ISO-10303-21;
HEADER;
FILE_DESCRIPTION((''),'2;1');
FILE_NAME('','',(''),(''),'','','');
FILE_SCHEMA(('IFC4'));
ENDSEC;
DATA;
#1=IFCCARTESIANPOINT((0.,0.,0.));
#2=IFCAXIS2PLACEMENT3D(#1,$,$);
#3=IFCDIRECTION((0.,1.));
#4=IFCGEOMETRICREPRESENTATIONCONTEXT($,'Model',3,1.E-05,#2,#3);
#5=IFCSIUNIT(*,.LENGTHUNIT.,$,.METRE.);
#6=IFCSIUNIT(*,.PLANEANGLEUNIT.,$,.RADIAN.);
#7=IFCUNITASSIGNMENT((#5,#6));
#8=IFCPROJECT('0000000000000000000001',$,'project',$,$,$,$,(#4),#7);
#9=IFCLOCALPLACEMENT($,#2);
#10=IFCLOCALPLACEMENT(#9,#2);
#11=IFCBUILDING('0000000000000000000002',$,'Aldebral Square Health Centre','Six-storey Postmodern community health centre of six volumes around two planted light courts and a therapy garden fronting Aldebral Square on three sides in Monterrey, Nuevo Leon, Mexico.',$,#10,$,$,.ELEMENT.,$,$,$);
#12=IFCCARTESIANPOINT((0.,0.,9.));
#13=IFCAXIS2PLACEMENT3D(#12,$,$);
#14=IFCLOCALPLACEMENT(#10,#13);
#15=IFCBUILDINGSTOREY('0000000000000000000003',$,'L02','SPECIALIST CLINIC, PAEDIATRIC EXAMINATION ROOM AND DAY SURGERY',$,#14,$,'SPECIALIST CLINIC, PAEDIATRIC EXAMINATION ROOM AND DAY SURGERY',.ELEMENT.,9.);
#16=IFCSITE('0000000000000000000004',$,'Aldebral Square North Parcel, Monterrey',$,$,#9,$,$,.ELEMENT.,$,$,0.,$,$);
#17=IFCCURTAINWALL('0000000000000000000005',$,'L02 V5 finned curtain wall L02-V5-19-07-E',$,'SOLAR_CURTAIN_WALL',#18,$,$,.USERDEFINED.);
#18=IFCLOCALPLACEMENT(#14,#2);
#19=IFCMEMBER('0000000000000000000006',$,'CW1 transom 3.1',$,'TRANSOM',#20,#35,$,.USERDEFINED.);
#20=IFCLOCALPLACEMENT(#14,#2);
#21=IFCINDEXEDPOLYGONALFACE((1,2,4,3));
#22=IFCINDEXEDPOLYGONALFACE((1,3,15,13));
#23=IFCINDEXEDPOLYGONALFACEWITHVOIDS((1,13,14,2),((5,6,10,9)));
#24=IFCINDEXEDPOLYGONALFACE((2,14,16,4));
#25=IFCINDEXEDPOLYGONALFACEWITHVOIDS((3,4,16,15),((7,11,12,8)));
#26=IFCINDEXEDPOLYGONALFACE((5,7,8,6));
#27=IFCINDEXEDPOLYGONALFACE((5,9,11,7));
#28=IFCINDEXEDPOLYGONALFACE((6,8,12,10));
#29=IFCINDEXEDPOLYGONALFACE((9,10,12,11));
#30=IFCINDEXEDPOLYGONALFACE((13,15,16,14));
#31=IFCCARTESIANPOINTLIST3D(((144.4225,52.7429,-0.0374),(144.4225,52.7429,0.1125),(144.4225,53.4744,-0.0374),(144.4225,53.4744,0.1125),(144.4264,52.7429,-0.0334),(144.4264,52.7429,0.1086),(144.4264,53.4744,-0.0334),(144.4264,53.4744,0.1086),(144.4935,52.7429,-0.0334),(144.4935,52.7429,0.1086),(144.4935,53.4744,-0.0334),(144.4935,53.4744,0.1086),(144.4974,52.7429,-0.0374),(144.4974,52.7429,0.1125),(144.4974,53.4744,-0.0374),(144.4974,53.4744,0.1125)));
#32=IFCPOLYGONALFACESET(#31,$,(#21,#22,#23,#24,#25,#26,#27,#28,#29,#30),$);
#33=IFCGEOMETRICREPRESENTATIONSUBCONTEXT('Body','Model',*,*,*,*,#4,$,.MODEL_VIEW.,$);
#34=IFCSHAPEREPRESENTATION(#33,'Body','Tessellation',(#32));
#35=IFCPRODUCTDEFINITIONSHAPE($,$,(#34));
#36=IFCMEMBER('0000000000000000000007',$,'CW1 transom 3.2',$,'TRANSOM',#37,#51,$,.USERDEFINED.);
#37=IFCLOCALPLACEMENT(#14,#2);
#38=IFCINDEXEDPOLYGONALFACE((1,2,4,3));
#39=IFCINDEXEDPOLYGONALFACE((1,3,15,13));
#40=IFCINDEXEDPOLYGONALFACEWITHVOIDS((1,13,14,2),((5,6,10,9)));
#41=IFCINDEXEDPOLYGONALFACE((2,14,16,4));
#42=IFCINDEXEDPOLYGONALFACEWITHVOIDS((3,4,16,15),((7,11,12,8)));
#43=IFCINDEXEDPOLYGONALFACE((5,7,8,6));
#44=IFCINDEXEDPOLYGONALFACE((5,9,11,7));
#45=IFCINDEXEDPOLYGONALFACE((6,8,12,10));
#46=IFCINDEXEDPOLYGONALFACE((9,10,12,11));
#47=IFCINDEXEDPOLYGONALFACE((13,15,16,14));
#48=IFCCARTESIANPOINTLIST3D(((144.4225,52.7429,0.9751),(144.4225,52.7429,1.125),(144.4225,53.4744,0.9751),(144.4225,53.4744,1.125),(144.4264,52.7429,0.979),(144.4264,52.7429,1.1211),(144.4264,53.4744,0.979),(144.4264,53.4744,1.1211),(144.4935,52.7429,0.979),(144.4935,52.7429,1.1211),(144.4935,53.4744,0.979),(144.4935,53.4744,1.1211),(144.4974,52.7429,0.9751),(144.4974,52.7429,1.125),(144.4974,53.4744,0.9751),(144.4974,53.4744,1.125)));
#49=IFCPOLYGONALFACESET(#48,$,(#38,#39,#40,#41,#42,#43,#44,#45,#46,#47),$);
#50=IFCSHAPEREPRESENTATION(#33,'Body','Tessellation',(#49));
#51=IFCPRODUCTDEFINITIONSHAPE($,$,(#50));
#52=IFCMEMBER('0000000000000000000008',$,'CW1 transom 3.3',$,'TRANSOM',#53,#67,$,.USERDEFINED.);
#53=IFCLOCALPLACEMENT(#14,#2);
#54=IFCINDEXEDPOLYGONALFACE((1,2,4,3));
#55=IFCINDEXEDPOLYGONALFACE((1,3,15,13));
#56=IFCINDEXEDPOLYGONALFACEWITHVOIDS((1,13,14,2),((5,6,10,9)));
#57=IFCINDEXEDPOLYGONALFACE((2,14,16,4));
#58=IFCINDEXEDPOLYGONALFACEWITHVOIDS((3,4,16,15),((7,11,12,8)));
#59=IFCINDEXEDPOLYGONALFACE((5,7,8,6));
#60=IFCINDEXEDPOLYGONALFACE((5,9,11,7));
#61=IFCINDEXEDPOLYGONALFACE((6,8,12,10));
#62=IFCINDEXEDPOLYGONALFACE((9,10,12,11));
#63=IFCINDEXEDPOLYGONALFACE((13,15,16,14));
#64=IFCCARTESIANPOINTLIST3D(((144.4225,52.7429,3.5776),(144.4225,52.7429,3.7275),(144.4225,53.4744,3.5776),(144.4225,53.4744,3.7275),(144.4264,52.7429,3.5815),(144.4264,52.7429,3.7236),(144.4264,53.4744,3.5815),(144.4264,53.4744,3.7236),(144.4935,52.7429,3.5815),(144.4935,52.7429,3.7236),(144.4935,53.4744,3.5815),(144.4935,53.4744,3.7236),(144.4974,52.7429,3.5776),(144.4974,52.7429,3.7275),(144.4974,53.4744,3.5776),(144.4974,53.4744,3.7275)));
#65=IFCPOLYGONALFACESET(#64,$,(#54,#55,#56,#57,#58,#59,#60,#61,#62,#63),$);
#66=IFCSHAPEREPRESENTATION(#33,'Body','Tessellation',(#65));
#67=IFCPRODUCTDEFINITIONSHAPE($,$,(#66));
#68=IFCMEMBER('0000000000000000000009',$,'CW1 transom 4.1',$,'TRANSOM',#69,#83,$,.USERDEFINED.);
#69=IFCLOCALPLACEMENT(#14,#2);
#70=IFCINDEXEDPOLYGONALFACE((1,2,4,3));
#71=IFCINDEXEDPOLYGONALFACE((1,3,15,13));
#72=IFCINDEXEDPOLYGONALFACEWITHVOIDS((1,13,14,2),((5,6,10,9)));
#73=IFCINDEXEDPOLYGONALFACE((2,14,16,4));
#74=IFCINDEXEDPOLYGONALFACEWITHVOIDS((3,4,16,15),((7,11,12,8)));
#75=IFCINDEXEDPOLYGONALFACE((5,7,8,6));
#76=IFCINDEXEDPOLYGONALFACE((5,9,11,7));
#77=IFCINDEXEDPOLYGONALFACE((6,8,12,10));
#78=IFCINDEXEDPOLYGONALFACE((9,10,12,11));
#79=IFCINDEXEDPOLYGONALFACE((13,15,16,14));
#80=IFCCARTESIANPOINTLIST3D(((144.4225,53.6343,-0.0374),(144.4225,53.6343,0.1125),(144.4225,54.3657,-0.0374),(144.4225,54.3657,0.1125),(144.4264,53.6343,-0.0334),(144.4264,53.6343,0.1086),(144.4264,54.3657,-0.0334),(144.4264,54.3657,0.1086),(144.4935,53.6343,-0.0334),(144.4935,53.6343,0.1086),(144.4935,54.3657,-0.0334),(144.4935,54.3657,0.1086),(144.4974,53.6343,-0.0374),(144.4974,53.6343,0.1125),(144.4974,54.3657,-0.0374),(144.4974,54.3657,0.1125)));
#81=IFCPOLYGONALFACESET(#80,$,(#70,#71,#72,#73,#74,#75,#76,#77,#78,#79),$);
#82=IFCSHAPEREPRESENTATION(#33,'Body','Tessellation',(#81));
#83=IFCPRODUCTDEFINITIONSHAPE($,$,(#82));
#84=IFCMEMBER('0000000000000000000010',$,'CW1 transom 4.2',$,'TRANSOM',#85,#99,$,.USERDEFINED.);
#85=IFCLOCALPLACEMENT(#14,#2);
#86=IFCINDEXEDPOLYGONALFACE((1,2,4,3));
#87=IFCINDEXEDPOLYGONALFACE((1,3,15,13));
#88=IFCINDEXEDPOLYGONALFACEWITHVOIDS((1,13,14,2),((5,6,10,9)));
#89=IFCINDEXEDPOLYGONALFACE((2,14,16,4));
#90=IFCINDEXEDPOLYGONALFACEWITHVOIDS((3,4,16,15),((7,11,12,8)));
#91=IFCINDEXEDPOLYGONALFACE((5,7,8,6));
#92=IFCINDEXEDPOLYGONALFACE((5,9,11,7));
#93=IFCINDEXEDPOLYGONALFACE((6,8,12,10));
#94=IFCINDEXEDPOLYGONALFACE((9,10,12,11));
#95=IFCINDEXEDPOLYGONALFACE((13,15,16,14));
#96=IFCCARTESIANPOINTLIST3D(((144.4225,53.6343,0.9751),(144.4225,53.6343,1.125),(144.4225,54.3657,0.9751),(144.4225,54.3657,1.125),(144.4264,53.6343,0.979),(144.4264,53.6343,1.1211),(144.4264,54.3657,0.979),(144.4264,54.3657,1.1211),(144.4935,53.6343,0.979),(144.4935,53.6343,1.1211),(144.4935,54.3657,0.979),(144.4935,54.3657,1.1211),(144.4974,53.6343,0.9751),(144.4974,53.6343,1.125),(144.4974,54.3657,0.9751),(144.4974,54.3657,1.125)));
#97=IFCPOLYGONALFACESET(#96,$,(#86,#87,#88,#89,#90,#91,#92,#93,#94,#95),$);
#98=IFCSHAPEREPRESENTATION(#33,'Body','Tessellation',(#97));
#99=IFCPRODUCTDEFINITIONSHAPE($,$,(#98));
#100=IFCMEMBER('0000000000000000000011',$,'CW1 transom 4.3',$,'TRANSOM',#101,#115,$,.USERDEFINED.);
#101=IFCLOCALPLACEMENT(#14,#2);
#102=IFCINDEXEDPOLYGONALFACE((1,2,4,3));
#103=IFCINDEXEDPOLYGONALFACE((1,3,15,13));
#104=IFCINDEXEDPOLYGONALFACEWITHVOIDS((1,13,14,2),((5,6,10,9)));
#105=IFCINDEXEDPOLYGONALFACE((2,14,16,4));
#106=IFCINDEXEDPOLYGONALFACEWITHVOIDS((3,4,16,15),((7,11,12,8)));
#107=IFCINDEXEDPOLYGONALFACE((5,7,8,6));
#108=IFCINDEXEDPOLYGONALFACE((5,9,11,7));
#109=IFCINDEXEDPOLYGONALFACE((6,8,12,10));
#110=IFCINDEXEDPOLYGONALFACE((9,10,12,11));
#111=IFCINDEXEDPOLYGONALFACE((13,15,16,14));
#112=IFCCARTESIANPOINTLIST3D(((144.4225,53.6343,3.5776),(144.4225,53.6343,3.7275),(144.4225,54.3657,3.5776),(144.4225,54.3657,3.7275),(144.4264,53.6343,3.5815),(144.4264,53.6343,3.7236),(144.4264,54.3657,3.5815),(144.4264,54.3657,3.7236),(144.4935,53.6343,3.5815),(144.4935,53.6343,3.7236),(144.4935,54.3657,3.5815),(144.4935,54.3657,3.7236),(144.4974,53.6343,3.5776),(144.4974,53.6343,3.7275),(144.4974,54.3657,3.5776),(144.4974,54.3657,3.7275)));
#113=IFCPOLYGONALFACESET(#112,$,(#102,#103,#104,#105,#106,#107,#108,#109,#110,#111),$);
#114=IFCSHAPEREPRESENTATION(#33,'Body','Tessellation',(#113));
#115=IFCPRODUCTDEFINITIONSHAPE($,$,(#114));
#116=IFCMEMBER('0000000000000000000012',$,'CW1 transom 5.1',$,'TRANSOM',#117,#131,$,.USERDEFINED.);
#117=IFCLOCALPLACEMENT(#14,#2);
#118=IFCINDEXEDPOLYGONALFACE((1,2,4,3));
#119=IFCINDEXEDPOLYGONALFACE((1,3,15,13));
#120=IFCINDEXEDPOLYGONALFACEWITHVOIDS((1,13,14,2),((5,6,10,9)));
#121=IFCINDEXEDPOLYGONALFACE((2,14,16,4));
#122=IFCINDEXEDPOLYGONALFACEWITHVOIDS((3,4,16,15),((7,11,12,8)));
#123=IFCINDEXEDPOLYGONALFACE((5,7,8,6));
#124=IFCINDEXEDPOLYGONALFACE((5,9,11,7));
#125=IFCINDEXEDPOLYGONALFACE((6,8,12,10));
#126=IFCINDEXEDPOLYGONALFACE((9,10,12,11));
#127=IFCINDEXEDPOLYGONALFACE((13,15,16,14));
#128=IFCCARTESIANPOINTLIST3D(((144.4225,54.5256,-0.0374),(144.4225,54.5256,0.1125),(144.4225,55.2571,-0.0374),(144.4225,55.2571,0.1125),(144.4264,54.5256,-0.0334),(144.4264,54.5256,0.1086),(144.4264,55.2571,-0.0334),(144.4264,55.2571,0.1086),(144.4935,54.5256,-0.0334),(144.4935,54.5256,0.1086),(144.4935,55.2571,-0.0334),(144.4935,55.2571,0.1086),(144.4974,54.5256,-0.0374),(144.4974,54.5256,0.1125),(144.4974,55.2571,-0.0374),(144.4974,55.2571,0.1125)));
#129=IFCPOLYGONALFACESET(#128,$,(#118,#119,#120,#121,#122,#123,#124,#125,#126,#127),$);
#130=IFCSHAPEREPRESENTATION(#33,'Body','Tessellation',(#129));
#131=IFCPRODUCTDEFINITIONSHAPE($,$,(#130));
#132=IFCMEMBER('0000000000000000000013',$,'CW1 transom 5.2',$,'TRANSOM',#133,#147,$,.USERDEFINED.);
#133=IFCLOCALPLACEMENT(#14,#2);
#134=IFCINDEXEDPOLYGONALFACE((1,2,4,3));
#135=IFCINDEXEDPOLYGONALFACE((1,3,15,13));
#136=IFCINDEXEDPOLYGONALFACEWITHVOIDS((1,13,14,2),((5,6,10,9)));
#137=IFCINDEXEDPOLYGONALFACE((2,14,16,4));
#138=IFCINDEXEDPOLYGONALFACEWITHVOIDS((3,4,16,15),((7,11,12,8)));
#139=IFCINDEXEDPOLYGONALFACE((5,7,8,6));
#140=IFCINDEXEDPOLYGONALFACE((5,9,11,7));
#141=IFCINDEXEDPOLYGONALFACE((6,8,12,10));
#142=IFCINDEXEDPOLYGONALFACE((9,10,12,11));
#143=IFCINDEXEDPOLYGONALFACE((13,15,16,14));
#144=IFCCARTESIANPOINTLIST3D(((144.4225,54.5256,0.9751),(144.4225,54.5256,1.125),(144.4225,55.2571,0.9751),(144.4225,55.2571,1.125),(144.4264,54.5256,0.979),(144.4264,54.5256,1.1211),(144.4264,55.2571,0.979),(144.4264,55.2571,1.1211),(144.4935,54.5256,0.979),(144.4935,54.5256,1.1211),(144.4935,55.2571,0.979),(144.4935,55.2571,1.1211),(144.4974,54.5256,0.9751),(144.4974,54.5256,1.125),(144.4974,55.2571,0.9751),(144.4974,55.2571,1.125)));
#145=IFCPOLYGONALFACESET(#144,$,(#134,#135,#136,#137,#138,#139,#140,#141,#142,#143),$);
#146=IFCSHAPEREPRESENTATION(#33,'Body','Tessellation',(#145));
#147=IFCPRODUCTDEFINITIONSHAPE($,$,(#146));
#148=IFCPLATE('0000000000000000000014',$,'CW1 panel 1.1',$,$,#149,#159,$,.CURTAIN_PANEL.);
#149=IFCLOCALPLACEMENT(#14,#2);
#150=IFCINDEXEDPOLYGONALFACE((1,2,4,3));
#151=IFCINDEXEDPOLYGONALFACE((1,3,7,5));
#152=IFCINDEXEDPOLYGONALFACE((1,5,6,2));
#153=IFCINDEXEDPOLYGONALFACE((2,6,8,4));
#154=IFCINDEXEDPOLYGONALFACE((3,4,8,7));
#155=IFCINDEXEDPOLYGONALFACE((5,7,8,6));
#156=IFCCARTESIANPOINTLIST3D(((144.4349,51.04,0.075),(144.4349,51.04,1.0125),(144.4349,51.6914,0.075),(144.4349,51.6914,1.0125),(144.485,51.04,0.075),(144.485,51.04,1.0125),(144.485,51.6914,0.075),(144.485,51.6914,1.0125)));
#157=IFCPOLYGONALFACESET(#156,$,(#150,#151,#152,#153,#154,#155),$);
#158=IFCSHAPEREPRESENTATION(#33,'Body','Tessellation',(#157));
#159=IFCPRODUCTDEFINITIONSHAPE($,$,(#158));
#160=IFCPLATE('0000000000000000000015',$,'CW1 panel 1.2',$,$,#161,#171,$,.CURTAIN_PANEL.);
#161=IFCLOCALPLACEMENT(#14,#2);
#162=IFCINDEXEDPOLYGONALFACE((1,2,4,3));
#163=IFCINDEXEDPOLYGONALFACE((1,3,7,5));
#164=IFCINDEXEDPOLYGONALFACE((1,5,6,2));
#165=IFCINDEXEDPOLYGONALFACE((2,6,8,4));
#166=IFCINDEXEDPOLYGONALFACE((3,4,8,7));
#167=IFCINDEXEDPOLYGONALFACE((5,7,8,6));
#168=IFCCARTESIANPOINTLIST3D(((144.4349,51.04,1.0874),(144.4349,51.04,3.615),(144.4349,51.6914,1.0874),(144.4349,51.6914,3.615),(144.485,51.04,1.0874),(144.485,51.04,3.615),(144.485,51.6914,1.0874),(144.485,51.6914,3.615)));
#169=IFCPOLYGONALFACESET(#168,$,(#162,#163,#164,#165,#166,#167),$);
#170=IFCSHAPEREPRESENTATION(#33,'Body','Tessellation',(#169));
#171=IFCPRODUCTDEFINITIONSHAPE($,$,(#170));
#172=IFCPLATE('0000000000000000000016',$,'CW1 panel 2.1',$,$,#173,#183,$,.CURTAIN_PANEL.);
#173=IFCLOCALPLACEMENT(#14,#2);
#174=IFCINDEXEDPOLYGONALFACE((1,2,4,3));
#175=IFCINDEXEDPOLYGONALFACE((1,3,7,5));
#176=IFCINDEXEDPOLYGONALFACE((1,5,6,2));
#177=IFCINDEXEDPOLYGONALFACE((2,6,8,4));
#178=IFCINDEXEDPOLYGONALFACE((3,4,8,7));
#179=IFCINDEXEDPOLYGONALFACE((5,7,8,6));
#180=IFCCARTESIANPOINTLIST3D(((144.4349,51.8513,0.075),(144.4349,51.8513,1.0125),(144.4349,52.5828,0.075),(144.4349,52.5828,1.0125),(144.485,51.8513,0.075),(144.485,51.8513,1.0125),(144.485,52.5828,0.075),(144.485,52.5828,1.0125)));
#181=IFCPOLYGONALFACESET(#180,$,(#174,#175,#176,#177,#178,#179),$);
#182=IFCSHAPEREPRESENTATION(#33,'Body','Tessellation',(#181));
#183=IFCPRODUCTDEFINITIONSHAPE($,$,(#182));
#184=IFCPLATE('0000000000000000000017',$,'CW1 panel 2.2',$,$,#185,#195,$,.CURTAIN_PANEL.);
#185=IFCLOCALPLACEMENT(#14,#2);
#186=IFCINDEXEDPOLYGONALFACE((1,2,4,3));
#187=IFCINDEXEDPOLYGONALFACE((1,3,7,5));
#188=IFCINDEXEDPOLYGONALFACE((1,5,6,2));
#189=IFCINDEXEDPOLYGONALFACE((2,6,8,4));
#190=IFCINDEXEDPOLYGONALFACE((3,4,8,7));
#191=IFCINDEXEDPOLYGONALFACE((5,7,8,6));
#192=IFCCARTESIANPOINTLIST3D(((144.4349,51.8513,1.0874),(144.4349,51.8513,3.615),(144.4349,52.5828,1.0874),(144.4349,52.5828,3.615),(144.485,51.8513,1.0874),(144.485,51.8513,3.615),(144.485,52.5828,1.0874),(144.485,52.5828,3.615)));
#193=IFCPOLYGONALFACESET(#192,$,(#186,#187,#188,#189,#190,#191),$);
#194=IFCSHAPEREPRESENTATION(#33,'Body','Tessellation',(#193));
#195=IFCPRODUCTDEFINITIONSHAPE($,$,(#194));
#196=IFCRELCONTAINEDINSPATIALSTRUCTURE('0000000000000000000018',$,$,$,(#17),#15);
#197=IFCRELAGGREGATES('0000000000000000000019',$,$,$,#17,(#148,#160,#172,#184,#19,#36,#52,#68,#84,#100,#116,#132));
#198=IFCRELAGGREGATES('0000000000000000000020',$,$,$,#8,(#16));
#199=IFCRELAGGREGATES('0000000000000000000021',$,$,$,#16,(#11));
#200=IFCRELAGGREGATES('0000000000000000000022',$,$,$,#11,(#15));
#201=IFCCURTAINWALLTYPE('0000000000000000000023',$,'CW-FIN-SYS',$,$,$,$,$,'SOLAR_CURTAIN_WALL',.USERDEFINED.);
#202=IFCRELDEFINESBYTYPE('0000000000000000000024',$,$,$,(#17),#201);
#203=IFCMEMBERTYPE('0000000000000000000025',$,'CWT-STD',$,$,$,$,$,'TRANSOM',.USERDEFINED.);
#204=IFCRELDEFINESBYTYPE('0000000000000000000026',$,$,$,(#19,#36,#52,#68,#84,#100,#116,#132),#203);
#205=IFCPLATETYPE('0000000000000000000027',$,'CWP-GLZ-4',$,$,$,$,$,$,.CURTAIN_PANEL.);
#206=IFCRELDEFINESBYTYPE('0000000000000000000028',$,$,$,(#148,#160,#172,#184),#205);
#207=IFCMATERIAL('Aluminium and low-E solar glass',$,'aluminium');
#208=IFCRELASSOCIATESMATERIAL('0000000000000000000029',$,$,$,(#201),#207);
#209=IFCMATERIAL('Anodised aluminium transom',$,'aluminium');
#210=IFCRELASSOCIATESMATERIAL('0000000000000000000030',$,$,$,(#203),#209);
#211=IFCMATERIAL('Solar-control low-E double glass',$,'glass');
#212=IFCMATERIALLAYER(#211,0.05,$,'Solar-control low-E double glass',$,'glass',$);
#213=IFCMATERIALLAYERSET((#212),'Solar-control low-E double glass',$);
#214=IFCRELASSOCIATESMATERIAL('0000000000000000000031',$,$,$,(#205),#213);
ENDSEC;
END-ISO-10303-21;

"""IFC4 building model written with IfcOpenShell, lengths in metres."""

from ifc_helpers import new_model, si_unit, direction, frame, origin, origin_2d, place, context, subcontext, project, spatial, rectangle, hollow_rectangle, extrude, material, layer, layer_set, material_profile, profile_set, type_object, element, aggregate, save


model = new_model("IFC4")

# Units and contexts
model_context = context("Model", 3, precision=1e-05, world=origin(), true_north=direction((0.0, 1.0)))
body_context = subcontext(model_context, "Body", "Model", "MODEL_VIEW")
ifc_project = project(units=[si_unit("LENGTHUNIT", "METRE"), si_unit("PLANEANGLEUNIT", "RADIAN")], contexts=[model_context])

# Site, building, storey
site_placement = place(None, origin())
site = spatial("IfcSite", under=ifc_project, at=site_placement, Name="Aldebral Square North Parcel, Monterrey", CompositionType="ELEMENT", RefElevation=0.0)
building_placement = place(site_placement, origin())
building = spatial("IfcBuilding", under=site, at=building_placement, Name="Aldebral Square Health Centre", Description="Six-storey Postmodern community health centre of six volumes around two planted light courts and a therapy garden fronting Aldebral Square on three sides in Monterrey, Nuevo Leon, Mexico.", CompositionType="ELEMENT")
storey_placement = place(building_placement, frame((0.0, 0.0, 9.0)))
storey = spatial("IfcBuildingStorey", under=building, at=storey_placement, Name="L02", Description="SPECIALIST CLINIC, PAEDIATRIC EXAMINATION ROOM AND DAY SURGERY", LongName="SPECIALIST CLINIC, PAEDIATRIC EXAMINATION ROOM AND DAY SURGERY", CompositionType="ELEMENT", Elevation=9.0)

# Curtain wall, members, plates
ifc_material_1 = material(Name="Aluminium and low-E solar glass", Category="aluminium")
curtain_wall_type = type_object("IfcCurtainWallType", Name="CW-FIN-SYS", ElementType="SOLAR_CURTAIN_WALL", PredefinedType="USERDEFINED", material=ifc_material_1)
curtain_wall_placement = place(storey_placement, origin())
curtain_wall = element("IfcCurtainWall", 1, at=curtain_wall_placement, inside=storey, type_object=curtain_wall_type, Name="L02 V5 finned curtain wall L02-V5-19-07-E", ObjectType="SOLAR_CURTAIN_WALL", PredefinedType="USERDEFINED")
ifc_material_2 = material(Name="Anodised aluminium transom", Category="aluminium")
ifc_material_profile_1 = material_profile(ifc_material_2, hollow_rectangle(XDim=0.075, YDim=0.1499, WallThickness=0.0039, at=origin_2d()), Name="CWT 75x150x4")
ifc_profile_set_1 = profile_set([ifc_material_profile_1], Name="Anodised aluminium transom")
member_type_1 = type_object("IfcMemberType", Name="CWT-STD", ElementType="TRANSOM", PredefinedType="USERDEFINED", material=ifc_profile_set_1)
member_1_placement = place(storey_placement, frame((144.46, 52.7429, 0.0376), z_axis=(0.0, 1.0, 0.0), x_axis=(-1.0, 0.0, 0.0)))
member_1 = element("IfcMember", 2, at=member_1_placement, type_object=member_type_1, Name="CW1 transom 3.1", ObjectType="TRANSOM", PredefinedType="USERDEFINED", context=body_context, shape_type="SweptSolid", body=[
    extrude(hollow_rectangle(XDim=0.075, YDim=0.1499, WallThickness=0.0039, at=origin_2d()), origin(), (0.0, 0.0, 1.0), 0.7314),
])
member_2_placement = place(storey_placement, frame((144.46, 52.7429, 1.05), z_axis=(0.0, 1.0, 0.0), x_axis=(-1.0, 0.0, 0.0)))
member_2 = element("IfcMember", 3, at=member_2_placement, type_object=member_type_1, Name="CW1 transom 3.2", ObjectType="TRANSOM", PredefinedType="USERDEFINED", context=body_context, shape_type="SweptSolid", body=[
    extrude(hollow_rectangle(XDim=0.075, YDim=0.1499, WallThickness=0.0039, at=origin_2d()), origin(), (0.0, 0.0, 1.0), 0.7314),
])
member_3_placement = place(storey_placement, frame((144.46, 52.7429, 3.6526), z_axis=(0.0, 1.0, 0.0), x_axis=(-1.0, 0.0, 0.0)))
member_3 = element("IfcMember", 4, at=member_3_placement, type_object=member_type_1, Name="CW1 transom 3.3", ObjectType="TRANSOM", PredefinedType="USERDEFINED", context=body_context, shape_type="SweptSolid", body=[
    extrude(hollow_rectangle(XDim=0.075, YDim=0.1499, WallThickness=0.0039, at=origin_2d()), origin(), (0.0, 0.0, 1.0), 0.7314),
])
member_4_placement = place(storey_placement, frame((144.46, 53.6343, 0.0376), z_axis=(0.0, 1.0, 0.0), x_axis=(-1.0, 0.0, 0.0)))
member_4 = element("IfcMember", 5, at=member_4_placement, type_object=member_type_1, Name="CW1 transom 4.1", ObjectType="TRANSOM", PredefinedType="USERDEFINED", context=body_context, shape_type="SweptSolid", body=[
    extrude(hollow_rectangle(XDim=0.075, YDim=0.1499, WallThickness=0.0039, at=origin_2d()), origin(), (0.0, 0.0, 1.0), 0.7314),
])
member_5_placement = place(storey_placement, frame((144.46, 53.6343, 1.05), z_axis=(0.0, 1.0, 0.0), x_axis=(-1.0, 0.0, 0.0)))
member_5 = element("IfcMember", 6, at=member_5_placement, type_object=member_type_1, Name="CW1 transom 4.2", ObjectType="TRANSOM", PredefinedType="USERDEFINED", context=body_context, shape_type="SweptSolid", body=[
    extrude(hollow_rectangle(XDim=0.075, YDim=0.1499, WallThickness=0.0039, at=origin_2d()), origin(), (0.0, 0.0, 1.0), 0.7314),
])
member_6_placement = place(storey_placement, frame((144.46, 53.6343, 3.6526), z_axis=(0.0, 1.0, 0.0), x_axis=(-1.0, 0.0, 0.0)))
member_6 = element("IfcMember", 7, at=member_6_placement, type_object=member_type_1, Name="CW1 transom 4.3", ObjectType="TRANSOM", PredefinedType="USERDEFINED", context=body_context, shape_type="SweptSolid", body=[
    extrude(hollow_rectangle(XDim=0.075, YDim=0.1499, WallThickness=0.0039, at=origin_2d()), origin(), (0.0, 0.0, 1.0), 0.7314),
])
member_7_placement = place(storey_placement, frame((144.46, 54.5256, 0.0376), z_axis=(0.0, 1.0, 0.0), x_axis=(-1.0, 0.0, 0.0)))
member_7 = element("IfcMember", 8, at=member_7_placement, type_object=member_type_1, Name="CW1 transom 5.1", ObjectType="TRANSOM", PredefinedType="USERDEFINED", context=body_context, shape_type="SweptSolid", body=[
    extrude(hollow_rectangle(XDim=0.075, YDim=0.1499, WallThickness=0.0039, at=origin_2d()), origin(), (0.0, 0.0, 1.0), 0.7314),
])
member_8_placement = place(storey_placement, frame((144.46, 54.5256, 1.05), z_axis=(0.0, 1.0, 0.0), x_axis=(-1.0, 0.0, 0.0)))
member_8 = element("IfcMember", 9, at=member_8_placement, type_object=member_type_1, Name="CW1 transom 5.2", ObjectType="TRANSOM", PredefinedType="USERDEFINED", context=body_context, shape_type="SweptSolid", body=[
    extrude(hollow_rectangle(XDim=0.075, YDim=0.1499, WallThickness=0.0039, at=origin_2d()), origin(), (0.0, 0.0, 1.0), 0.7314),
])
ifc_material_3 = material(Name="Solar-control low-E double glass", Category="glass")
ifc_layer_1 = layer(ifc_material_3, 0.05, Name="Solar-control low-E double glass", Category="glass")
ifc_layer_set_1 = layer_set([ifc_layer_1], Name="Solar-control low-E double glass")
plate_type = type_object("IfcPlateType", Name="CWP-GLZ-4", PredefinedType="CURTAIN_PANEL", material=ifc_layer_set_1)
plate_1_placement = place(storey_placement, frame((144.46, 51.3657, 0.075), z_axis=(0.0, 0.0, 1.0), x_axis=(0.0, 1.0, 0.0)))
plate_1 = element("IfcPlate", 10, at=plate_1_placement, type_object=plate_type, Name="CW1 panel 1.1", PredefinedType="CURTAIN_PANEL", context=body_context, shape_type="SweptSolid", body=[
    extrude(rectangle(XDim=0.6514, YDim=0.05, at=origin_2d()), origin(), (0.0, 0.0, 1.0), 0.9375),
])
plate_2_placement = place(storey_placement, frame((144.46, 51.3657, 1.0874), z_axis=(0.0, 0.0, 1.0), x_axis=(0.0, 1.0, 0.0)))
plate_2 = element("IfcPlate", 11, at=plate_2_placement, type_object=plate_type, Name="CW1 panel 1.2", PredefinedType="CURTAIN_PANEL", context=body_context, shape_type="SweptSolid", body=[
    extrude(rectangle(XDim=0.6514, YDim=0.05, at=origin_2d()), origin(), (0.0, 0.0, 1.0), 2.5276),
])
plate_3_placement = place(storey_placement, frame((144.46, 52.217, 0.075), z_axis=(0.0, 0.0, 1.0), x_axis=(0.0, 1.0, 0.0)))
plate_3 = element("IfcPlate", 12, at=plate_3_placement, type_object=plate_type, Name="CW1 panel 2.1", PredefinedType="CURTAIN_PANEL", context=body_context, shape_type="SweptSolid", body=[
    extrude(rectangle(XDim=0.7314, YDim=0.05, at=origin_2d()), origin(), (0.0, 0.0, 1.0), 0.9375),
])
plate_4_placement = place(storey_placement, frame((144.46, 52.217, 1.0874), z_axis=(0.0, 0.0, 1.0), x_axis=(0.0, 1.0, 0.0)))
plate_4 = element("IfcPlate", 13, at=plate_4_placement, type_object=plate_type, Name="CW1 panel 2.2", PredefinedType="CURTAIN_PANEL", context=body_context, shape_type="SweptSolid", body=[
    extrude(rectangle(XDim=0.7314, YDim=0.05, at=origin_2d()), origin(), (0.0, 0.0, 1.0), 2.5276),
])
aggregate(curtain_wall, [plate_1, plate_2, plate_3, plate_4, member_1, member_2, member_3, member_4, member_5, member_6, member_7, member_8])

save(model, "model.ifc")
